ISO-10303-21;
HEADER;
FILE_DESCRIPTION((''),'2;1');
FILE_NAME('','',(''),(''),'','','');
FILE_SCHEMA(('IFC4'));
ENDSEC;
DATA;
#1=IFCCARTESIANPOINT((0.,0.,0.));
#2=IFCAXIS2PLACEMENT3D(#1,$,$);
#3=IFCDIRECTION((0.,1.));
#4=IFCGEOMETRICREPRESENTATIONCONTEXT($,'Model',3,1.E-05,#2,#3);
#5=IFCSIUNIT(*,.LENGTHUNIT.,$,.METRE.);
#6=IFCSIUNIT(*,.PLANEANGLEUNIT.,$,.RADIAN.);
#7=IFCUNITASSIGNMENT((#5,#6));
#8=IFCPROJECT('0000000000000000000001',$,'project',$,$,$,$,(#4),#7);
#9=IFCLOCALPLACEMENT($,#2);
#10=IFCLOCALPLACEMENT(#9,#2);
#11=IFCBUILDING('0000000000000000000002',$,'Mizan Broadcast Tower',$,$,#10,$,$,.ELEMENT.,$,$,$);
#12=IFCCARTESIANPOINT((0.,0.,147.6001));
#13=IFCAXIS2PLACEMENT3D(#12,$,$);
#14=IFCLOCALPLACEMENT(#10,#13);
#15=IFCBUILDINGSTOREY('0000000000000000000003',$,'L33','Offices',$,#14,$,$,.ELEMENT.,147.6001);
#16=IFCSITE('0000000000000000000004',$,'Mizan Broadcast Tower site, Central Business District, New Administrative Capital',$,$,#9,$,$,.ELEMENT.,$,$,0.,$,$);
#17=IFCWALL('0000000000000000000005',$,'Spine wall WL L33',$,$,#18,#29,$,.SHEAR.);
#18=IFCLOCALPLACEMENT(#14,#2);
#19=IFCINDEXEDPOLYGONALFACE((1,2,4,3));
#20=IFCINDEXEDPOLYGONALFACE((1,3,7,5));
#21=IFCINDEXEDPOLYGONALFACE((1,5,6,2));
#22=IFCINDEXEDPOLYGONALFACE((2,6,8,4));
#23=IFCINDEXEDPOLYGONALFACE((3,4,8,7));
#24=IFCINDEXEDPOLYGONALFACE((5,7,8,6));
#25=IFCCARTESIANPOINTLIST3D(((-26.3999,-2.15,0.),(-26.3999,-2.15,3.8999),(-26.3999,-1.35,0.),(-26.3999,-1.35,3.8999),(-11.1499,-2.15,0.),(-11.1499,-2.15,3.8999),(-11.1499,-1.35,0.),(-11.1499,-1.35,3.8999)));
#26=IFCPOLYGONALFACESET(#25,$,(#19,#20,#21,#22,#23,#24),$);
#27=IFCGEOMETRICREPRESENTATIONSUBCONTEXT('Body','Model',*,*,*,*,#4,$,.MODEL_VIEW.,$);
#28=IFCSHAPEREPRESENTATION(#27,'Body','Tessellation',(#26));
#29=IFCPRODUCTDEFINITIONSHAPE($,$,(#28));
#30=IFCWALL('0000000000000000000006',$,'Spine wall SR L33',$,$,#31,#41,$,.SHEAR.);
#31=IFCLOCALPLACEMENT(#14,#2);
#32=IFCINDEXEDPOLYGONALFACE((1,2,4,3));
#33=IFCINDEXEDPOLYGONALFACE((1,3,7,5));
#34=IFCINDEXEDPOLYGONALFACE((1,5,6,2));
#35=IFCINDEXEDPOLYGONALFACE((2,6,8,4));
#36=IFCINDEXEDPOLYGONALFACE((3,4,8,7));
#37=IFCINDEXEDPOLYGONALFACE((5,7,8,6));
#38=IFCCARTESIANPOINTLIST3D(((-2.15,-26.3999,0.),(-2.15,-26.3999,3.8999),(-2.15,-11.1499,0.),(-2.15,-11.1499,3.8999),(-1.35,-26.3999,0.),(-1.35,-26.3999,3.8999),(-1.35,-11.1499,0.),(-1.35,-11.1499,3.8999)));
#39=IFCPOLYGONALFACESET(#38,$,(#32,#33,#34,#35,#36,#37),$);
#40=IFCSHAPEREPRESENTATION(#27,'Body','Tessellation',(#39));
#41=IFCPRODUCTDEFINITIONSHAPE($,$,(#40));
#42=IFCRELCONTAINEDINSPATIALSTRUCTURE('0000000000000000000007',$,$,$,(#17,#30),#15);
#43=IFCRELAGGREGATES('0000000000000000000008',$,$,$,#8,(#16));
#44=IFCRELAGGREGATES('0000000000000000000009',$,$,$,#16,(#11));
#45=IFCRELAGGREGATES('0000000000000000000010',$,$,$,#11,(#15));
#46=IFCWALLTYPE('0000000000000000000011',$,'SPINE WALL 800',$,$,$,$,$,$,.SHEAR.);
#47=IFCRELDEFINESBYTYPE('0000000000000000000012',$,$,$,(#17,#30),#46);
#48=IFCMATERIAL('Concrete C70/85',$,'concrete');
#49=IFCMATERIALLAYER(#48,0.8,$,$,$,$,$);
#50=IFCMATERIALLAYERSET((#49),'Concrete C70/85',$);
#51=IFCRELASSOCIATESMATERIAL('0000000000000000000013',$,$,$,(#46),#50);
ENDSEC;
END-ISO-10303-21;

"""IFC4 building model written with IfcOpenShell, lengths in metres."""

from ifc_helpers import new_model, si_unit, direction, frame, frame_2d, origin, place, context, subcontext, project, spatial, rectangle, extrude, material, layer, layer_set, type_object, element, save


model = new_model("IFC4")

# Units and contexts
model_context = context("Model", 3, precision=1e-05, world=origin(), true_north=direction((0.0, 1.0)))
body_context = subcontext(model_context, "Body", "Model", "MODEL_VIEW")
ifc_project = project(units=[si_unit("LENGTHUNIT", "METRE"), si_unit("PLANEANGLEUNIT", "RADIAN")], contexts=[model_context])

# Site, building, storey
site_placement = place(None, origin())
site = spatial("IfcSite", under=ifc_project, at=site_placement, Name="Mizan Broadcast Tower site, Central Business District, New Administrative Capital", CompositionType="ELEMENT", RefElevation=0.0)
building_placement = place(site_placement, origin())
building = spatial("IfcBuilding", under=site, at=building_placement, Name="Mizan Broadcast Tower", CompositionType="ELEMENT")
storey_placement = place(building_placement, frame((0.0, 0.0, 147.6001)))
storey = spatial("IfcBuildingStorey", under=building, at=storey_placement, Name="L33", Description="Offices", CompositionType="ELEMENT", Elevation=147.6001)

# Walls
ifc_material_1 = material(Name="Concrete C70/85", Category="concrete")
ifc_layer_1 = layer(ifc_material_1, 0.8)
ifc_layer_set_1 = layer_set([ifc_layer_1], Name="Concrete C70/85")
wall_type_1 = type_object("IfcWallType", Name="SPINE WALL 800", PredefinedType="SHEAR", material=ifc_layer_set_1)
for number, where, z_axis, x_axis, name in (
    (1, (-11.1499, -1.75, 0.0), (0.0, 0.0, 1.0), (-1.0, 0.0, 0.0), "Spine wall WL L33"),
    (2, (-1.75, -11.1499, 0.0), (0.0, 0.0, 1.0), (0.0, -1.0, 0.0), "Spine wall SR L33"),
):
    element("IfcWall", number, at=place(storey_placement, frame(where, z_axis=z_axis, x_axis=x_axis)), inside=storey, type_object=wall_type_1, Name=name, PredefinedType="SHEAR", context=body_context, shape_type="SweptSolid", body=[
        extrude(rectangle(XDim=15.25, YDim=0.8, at=frame_2d((7.625, 0.0))), origin(), (0.0, 0.0, 1.0), 3.8999),
    ])

save(model, "model.ifc")
